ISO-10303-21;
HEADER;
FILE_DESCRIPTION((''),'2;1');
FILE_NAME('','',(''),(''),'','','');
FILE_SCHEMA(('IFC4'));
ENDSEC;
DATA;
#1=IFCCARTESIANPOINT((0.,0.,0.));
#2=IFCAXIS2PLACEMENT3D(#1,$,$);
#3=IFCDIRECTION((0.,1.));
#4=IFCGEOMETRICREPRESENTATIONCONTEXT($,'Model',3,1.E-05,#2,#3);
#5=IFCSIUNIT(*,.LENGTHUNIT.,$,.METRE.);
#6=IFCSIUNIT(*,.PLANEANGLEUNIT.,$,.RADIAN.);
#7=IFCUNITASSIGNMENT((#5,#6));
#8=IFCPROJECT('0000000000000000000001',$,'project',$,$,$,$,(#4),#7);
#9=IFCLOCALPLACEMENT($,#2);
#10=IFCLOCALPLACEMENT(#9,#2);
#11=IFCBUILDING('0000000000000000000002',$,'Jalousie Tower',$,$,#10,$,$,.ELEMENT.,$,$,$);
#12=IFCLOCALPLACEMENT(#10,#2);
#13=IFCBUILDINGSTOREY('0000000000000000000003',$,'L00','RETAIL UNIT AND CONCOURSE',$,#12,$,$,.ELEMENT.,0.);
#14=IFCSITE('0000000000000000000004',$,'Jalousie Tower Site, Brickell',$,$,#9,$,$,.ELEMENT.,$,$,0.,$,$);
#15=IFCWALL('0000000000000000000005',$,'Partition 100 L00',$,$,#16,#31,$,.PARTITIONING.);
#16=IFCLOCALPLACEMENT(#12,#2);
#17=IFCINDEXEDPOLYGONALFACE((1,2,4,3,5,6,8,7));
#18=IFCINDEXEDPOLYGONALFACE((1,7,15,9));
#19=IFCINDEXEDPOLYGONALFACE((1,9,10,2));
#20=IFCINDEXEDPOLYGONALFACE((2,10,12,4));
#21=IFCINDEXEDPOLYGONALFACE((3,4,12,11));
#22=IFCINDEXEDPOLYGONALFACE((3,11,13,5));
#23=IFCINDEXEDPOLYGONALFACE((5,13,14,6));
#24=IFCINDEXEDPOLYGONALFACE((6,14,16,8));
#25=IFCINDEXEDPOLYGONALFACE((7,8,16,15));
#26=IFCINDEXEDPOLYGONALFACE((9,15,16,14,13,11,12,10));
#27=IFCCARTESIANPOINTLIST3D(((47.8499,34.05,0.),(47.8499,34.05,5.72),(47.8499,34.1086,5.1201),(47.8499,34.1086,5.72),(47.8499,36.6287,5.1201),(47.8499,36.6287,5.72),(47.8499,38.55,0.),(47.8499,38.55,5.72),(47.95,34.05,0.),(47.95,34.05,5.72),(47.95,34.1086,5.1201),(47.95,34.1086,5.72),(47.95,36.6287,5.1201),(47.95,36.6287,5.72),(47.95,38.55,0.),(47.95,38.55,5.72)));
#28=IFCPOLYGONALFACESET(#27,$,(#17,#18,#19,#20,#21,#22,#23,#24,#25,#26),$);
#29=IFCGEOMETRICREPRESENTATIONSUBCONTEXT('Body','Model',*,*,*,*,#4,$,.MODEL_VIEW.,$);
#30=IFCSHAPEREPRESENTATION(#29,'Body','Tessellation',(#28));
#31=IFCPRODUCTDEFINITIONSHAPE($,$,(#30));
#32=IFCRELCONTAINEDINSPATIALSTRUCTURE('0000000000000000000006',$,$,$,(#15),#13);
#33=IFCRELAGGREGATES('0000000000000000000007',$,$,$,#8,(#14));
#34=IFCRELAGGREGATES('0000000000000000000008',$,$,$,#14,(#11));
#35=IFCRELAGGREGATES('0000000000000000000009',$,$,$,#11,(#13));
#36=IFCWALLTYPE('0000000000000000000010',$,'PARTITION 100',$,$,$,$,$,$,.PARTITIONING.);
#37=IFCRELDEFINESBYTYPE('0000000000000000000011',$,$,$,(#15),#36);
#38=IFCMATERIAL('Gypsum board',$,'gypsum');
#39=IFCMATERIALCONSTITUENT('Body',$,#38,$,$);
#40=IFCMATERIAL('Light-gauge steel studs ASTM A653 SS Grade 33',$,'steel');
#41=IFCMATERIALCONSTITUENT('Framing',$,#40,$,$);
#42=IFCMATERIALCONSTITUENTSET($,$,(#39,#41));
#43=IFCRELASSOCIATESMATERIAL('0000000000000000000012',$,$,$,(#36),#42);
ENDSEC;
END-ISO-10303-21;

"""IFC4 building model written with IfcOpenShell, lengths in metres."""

from ifc_helpers import new_model, si_unit, direction, frame, origin, place, context, subcontext, project, spatial, polyline, outline, extrude, material, constituent, constituent_set, type_object, element, save


model = new_model("IFC4")

# Units and contexts
model_context = context("Model", 3, precision=1e-05, world=origin(), true_north=direction((0.0, 1.0)))
body_context = subcontext(model_context, "Body", "Model", "MODEL_VIEW")
ifc_project = project(units=[si_unit("LENGTHUNIT", "METRE"), si_unit("PLANEANGLEUNIT", "RADIAN")], contexts=[model_context])

# Site, building, storey
site_placement = place(None, origin())
site = spatial("IfcSite", under=ifc_project, at=site_placement, Name="Jalousie Tower Site, Brickell", CompositionType="ELEMENT", RefElevation=0.0)
building_placement = place(site_placement, origin())
building = spatial("IfcBuilding", under=site, at=building_placement, Name="Jalousie Tower", CompositionType="ELEMENT")
storey_placement = place(building_placement, origin())
storey = spatial("IfcBuildingStorey", under=building, at=storey_placement, Name="L00", Description="RETAIL UNIT AND CONCOURSE", CompositionType="ELEMENT", Elevation=0.0)

# Wall
ifc_material_1 = material(Name="Gypsum board", Category="gypsum")
ifc_constituent_1 = constituent(ifc_material_1, Name="Body")
ifc_material_2 = material(Name="Light-gauge steel studs ASTM A653 SS Grade 33", Category="steel")
ifc_constituent_2 = constituent(ifc_material_2, Name="Framing")
ifc_constituent_set_1 = constituent_set(constituents=[ifc_constituent_1, ifc_constituent_2])
wall_type_1 = type_object("IfcWallType", Name="PARTITION 100", PredefinedType="PARTITIONING", material=ifc_constituent_set_1)
wall_1_placement = place(storey_placement, frame((47.8999, 34.05, 0.0), z_axis=(0.0, 0.0, 1.0), x_axis=(0.0, 1.0, 0.0)))
element("IfcWall", 1, at=wall_1_placement, inside=storey, type_object=wall_type_1, Name="Partition 100 L00", PredefinedType="PARTITIONING", context=body_context, shape_type="SweptSolid", body=[
    extrude(outline(polyline([(0.0, 0.0), (4.5, 0.0), (4.5, 5.72), (2.5786, 5.72), (2.5786, 5.1201), (0.0586, 5.1201), (0.0586, 5.72), (0.0, 5.72), (0.0, 0.0)])), frame((0.0, 0.05, 0.0), z_axis=(0.0, -1.0, 0.0), x_axis=(1.0, 0.0, 0.0)), (0.0, 0.0, 1.0), 0.1001),
])

save(model, "model.ifc")
